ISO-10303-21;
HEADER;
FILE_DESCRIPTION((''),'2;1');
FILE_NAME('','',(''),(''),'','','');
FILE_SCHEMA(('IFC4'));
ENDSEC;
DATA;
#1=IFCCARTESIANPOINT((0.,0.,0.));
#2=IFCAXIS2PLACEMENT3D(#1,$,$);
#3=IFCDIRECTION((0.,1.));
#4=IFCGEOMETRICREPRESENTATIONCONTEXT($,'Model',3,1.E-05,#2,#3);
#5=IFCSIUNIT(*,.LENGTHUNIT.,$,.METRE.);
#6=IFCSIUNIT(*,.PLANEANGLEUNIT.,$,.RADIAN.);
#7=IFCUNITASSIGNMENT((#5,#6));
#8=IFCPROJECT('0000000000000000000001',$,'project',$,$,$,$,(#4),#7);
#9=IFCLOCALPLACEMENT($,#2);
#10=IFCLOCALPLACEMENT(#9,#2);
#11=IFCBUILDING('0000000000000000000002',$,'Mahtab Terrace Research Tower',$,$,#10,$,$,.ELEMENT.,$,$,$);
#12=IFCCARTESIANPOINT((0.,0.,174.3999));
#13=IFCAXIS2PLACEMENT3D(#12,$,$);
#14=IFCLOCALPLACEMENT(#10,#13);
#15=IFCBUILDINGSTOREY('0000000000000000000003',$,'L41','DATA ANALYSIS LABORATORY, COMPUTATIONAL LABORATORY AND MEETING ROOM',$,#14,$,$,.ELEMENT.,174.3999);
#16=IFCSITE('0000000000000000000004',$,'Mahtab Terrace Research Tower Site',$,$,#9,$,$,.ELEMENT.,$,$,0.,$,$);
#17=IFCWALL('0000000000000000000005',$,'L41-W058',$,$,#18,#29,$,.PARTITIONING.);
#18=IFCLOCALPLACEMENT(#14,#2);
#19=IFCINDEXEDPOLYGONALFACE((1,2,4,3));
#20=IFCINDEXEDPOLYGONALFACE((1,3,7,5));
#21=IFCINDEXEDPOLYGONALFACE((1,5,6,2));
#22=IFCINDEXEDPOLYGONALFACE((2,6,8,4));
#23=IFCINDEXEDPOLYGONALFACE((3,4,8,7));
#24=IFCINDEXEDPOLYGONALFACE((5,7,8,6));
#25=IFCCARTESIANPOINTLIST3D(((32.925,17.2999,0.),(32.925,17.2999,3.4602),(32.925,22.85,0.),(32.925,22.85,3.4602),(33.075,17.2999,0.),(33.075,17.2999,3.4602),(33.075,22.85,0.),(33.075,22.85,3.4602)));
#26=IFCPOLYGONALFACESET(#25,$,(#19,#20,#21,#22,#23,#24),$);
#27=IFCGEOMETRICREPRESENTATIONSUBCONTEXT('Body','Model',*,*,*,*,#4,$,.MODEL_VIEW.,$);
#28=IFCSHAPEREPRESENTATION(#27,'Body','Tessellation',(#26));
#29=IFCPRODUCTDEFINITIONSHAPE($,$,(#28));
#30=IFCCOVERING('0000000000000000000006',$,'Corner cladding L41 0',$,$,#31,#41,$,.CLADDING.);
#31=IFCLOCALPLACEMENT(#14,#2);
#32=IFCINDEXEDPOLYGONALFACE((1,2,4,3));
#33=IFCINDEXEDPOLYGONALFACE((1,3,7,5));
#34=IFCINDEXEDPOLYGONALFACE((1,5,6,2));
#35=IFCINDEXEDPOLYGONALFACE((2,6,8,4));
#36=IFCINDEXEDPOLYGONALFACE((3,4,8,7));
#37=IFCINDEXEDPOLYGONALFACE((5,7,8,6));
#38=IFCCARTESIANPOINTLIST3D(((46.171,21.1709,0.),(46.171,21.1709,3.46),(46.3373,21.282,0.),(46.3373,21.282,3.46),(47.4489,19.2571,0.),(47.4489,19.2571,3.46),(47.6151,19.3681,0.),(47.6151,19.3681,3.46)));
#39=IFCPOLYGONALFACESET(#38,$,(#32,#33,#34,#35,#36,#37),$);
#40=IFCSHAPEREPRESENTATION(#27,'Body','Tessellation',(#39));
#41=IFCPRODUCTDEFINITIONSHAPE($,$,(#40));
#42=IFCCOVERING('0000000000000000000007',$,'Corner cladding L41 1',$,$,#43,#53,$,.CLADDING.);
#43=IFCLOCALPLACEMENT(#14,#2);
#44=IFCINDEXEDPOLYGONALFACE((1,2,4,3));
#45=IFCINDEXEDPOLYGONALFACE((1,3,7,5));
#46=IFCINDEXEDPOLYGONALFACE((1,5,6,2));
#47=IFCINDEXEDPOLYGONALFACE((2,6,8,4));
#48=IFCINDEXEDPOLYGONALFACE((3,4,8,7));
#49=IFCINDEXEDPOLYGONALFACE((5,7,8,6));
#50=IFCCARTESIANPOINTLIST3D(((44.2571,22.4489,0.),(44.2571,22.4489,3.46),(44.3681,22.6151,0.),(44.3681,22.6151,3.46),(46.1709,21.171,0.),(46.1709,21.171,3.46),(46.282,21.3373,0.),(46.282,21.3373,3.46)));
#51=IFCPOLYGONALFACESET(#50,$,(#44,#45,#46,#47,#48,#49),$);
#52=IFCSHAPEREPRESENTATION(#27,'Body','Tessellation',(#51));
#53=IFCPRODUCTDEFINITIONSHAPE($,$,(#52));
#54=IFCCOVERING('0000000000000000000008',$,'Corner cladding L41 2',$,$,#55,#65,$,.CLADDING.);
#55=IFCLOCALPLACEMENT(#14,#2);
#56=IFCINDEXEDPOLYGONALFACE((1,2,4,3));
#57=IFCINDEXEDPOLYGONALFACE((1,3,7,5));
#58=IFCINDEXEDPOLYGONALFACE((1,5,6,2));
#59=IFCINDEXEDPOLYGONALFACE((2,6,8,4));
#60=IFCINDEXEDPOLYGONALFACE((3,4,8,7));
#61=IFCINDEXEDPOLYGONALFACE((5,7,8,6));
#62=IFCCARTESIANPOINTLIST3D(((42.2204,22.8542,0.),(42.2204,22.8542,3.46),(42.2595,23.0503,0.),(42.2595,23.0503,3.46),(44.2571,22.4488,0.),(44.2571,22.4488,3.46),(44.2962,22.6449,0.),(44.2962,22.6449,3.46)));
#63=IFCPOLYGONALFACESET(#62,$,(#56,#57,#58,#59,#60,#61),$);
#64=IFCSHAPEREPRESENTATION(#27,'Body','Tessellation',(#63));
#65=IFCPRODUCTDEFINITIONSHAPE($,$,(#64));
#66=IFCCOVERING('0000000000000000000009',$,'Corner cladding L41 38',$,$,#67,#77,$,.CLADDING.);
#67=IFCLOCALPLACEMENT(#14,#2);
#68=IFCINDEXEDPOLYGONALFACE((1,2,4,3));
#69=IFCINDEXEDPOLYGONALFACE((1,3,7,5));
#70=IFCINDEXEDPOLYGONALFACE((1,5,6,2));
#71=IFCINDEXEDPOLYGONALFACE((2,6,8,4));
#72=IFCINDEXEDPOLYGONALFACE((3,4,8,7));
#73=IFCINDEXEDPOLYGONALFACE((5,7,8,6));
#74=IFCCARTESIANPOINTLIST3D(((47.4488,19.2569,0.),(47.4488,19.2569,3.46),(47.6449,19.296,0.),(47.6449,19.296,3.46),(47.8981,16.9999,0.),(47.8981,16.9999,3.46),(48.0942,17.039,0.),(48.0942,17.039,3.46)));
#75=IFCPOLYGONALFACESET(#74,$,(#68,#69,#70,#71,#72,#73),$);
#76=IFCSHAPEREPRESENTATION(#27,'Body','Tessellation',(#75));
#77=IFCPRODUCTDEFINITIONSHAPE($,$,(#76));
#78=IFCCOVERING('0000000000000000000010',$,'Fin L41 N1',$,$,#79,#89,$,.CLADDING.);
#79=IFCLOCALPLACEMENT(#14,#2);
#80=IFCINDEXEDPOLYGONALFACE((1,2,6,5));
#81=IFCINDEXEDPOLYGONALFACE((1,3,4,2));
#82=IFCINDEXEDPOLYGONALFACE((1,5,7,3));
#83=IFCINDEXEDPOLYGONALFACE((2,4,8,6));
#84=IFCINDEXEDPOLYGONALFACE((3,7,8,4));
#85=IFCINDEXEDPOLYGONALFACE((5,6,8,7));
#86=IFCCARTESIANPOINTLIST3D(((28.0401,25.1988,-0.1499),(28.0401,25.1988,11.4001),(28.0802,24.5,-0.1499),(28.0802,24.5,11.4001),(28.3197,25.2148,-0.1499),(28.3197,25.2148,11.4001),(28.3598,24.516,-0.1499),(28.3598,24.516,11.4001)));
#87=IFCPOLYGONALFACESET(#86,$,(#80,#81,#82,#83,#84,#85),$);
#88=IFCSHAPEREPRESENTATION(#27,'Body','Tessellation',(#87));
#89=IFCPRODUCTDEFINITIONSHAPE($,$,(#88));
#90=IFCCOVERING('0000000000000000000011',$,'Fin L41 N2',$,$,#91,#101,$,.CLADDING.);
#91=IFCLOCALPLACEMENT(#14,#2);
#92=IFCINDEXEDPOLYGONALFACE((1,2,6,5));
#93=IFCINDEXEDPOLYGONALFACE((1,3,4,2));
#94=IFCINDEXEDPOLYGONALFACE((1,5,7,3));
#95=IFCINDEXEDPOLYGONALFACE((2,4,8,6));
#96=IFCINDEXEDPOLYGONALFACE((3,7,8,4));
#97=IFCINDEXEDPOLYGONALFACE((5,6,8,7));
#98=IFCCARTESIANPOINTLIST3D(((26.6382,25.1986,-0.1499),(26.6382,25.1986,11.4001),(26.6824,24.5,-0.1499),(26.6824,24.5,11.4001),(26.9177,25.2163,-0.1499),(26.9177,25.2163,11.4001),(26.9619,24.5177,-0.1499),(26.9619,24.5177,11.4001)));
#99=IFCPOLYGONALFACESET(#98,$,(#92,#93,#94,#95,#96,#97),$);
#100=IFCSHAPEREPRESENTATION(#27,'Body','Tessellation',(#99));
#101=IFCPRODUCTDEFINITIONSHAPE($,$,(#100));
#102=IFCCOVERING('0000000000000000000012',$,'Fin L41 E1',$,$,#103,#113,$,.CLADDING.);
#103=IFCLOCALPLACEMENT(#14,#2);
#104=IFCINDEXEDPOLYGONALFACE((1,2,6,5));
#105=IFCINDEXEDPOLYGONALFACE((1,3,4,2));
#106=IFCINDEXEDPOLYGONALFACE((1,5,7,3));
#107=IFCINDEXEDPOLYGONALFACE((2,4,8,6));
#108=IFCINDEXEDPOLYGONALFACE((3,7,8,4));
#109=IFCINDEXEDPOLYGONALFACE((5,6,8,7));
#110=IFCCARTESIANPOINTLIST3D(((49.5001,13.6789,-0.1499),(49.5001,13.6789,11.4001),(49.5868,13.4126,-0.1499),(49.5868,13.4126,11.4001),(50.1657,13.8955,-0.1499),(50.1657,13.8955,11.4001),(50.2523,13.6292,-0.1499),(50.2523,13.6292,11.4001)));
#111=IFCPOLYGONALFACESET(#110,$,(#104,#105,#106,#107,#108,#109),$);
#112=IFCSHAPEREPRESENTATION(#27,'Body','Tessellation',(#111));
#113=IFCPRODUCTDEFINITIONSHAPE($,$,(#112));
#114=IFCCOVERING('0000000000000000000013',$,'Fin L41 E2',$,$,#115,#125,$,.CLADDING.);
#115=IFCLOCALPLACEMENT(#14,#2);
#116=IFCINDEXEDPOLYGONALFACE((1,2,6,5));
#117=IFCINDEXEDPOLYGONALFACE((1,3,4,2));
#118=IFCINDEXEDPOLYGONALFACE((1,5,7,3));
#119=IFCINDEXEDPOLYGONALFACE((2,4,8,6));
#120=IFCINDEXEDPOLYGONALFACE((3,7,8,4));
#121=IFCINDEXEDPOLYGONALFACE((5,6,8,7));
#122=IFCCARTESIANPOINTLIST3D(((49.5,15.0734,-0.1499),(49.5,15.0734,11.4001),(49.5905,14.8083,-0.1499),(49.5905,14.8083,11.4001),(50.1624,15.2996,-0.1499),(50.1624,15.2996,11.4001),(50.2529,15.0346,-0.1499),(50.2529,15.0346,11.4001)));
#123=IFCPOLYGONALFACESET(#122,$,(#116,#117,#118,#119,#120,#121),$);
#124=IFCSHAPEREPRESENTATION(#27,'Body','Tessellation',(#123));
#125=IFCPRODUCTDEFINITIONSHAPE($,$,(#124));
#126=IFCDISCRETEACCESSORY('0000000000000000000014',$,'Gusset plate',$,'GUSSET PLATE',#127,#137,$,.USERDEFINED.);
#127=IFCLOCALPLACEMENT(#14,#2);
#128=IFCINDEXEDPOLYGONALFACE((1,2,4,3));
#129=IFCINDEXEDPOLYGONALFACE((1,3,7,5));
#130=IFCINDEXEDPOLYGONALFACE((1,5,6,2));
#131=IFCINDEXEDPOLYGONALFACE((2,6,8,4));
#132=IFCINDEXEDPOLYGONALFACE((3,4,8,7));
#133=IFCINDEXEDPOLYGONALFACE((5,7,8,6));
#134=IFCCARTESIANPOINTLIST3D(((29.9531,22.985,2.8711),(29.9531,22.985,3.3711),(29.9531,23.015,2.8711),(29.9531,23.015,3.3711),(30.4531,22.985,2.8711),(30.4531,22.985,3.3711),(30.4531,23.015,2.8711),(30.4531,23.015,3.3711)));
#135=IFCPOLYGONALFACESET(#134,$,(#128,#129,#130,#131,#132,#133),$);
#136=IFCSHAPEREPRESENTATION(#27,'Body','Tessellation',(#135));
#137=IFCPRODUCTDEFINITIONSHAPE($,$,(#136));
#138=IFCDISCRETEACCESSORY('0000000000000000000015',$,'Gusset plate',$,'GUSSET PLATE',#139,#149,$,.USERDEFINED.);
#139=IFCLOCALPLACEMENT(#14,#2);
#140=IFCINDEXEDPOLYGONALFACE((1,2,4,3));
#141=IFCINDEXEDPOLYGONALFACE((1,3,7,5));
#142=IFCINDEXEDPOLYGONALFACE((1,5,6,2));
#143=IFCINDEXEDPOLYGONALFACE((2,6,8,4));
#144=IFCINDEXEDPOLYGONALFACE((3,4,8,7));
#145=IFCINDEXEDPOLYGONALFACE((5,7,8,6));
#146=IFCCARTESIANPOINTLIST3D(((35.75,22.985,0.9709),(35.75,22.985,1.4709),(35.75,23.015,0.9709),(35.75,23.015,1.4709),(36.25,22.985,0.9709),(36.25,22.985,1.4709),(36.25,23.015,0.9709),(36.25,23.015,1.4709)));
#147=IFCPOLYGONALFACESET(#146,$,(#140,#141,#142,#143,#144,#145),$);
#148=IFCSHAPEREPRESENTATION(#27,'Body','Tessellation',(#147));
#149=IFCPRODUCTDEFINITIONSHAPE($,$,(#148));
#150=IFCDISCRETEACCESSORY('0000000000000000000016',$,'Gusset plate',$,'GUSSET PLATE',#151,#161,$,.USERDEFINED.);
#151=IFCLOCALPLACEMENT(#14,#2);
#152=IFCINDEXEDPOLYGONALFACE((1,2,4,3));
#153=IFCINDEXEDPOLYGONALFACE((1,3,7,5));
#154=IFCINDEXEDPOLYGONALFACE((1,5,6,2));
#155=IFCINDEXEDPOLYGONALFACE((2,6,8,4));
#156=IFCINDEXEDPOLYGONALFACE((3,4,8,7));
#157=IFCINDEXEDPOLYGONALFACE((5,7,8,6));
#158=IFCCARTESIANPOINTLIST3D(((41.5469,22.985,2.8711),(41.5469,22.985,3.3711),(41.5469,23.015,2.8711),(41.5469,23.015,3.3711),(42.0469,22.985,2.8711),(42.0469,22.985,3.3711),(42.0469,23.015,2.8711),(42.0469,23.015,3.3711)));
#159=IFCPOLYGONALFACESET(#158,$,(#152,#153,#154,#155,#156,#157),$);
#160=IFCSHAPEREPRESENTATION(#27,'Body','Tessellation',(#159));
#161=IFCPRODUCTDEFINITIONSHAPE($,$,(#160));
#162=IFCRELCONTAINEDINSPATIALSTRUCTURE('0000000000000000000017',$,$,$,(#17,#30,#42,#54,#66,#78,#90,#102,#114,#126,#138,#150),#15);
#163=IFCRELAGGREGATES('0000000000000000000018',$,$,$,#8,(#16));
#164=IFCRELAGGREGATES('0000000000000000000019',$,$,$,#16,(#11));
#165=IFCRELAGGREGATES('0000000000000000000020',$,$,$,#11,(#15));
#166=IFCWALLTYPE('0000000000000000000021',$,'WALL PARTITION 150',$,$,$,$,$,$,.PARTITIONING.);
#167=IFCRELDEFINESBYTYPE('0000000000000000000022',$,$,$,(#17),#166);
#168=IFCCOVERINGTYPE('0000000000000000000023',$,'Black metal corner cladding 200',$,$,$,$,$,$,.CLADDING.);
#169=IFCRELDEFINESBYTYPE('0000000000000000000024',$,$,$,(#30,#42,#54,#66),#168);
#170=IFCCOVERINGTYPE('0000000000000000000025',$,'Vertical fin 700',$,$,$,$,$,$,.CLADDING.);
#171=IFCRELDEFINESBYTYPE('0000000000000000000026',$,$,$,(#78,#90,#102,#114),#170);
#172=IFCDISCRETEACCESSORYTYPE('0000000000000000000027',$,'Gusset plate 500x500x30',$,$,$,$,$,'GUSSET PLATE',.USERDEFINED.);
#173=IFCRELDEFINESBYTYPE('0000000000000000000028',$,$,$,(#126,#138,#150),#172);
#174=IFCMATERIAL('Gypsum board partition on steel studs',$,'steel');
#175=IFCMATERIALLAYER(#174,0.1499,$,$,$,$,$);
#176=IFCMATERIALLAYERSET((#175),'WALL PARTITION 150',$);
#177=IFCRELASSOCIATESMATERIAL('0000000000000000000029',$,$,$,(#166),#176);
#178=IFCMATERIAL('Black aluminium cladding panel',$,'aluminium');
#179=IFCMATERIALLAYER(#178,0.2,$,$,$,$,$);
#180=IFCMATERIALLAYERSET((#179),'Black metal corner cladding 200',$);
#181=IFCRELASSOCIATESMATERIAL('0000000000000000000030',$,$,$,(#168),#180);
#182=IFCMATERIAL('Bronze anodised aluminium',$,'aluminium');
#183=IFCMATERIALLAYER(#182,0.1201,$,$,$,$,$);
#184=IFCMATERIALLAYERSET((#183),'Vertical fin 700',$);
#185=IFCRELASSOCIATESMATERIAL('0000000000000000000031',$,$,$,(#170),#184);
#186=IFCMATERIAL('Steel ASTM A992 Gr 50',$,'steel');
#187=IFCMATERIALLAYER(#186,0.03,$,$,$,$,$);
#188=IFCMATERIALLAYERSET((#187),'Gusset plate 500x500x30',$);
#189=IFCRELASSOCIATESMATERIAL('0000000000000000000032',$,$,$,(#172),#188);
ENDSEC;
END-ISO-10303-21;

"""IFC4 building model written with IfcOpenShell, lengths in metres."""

from ifc_helpers import new_model, si_unit, direction, frame, frame_2d, origin, origin_2d, place, context, subcontext, project, spatial, rectangle, extrude, material, layer, layer_set, type_object, element, save


model = new_model("IFC4")

# Units and contexts
model_context = context("Model", 3, precision=1e-05, world=origin(), true_north=direction((0.0, 1.0)))
body_context = subcontext(model_context, "Body", "Model", "MODEL_VIEW")
ifc_project = project(units=[si_unit("LENGTHUNIT", "METRE"), si_unit("PLANEANGLEUNIT", "RADIAN")], contexts=[model_context])

# Site, building, storey
site_placement = place(None, origin())
site = spatial("IfcSite", under=ifc_project, at=site_placement, Name="Mahtab Terrace Research Tower Site", CompositionType="ELEMENT", RefElevation=0.0)
building_placement = place(site_placement, origin())
building = spatial("IfcBuilding", under=site, at=building_placement, Name="Mahtab Terrace Research Tower", CompositionType="ELEMENT")
storey_placement = place(building_placement, frame((0.0, 0.0, 174.3999)))
storey = spatial("IfcBuildingStorey", under=building, at=storey_placement, Name="L41", Description="DATA ANALYSIS LABORATORY, COMPUTATIONAL LABORATORY AND MEETING ROOM", CompositionType="ELEMENT", Elevation=174.3999)

# Shared definitions
ifc_material_1 = material(Name="Steel ASTM A992 Gr 50", Category="steel")

# Shared definitions
ifc_material_2 = material(Name="Black aluminium cladding panel", Category="aluminium")

# Wall
ifc_material_3 = material(Name="Gypsum board partition on steel studs", Category="steel")
ifc_layer_1 = layer(ifc_material_3, 0.1499)
ifc_layer_set_1 = layer_set([ifc_layer_1], Name="WALL PARTITION 150")
wall_type_1 = type_object("IfcWallType", Name="WALL PARTITION 150", PredefinedType="PARTITIONING", material=ifc_layer_set_1)
wall_1_placement = place(storey_placement, frame((33.0, 17.3, 0.0), z_axis=(0.0, 0.0, 1.0), x_axis=(0.0, 1.0, 0.0)))
element("IfcWall", 1, at=wall_1_placement, inside=storey, type_object=wall_type_1, Name="L41-W058", PredefinedType="PARTITIONING", context=body_context, shape_type="SweptSolid", body=[
    extrude(rectangle(XDim=5.55, YDim=0.1499, at=frame_2d((2.7749, 0.0))), origin(), (0.0, 0.0, 1.0), 3.4602),
])

# Coverings
ifc_layer_2 = layer(ifc_material_2, 0.2)
ifc_layer_set_2 = layer_set([ifc_layer_2], Name="Black metal corner cladding 200")
covering_type_1 = type_object("IfcCoveringType", Name="Black metal corner cladding 200", PredefinedType="CLADDING", material=ifc_layer_set_2)
for number, where, z_axis, x_axis, name in (
    (2, (46.8931, 20.2695, 0.0), (0.0, 0.0, 1.0), (-0.555291, 0.831656, 0.0), "Corner cladding L41 0"),
    (3, (45.2695, 21.8931, 0.0), (0.0, 0.0, 1.0), (-0.831656, 0.555291, 0.0), "Corner cladding L41 1"),
):
    element("IfcCovering", number, at=place(storey_placement, frame(where, z_axis=z_axis, x_axis=x_axis)), inside=storey, type_object=covering_type_1, Name=name, PredefinedType="CLADDING", context=body_context, shape_type="SweptSolid", body=[
        extrude(rectangle(XDim=2.3013, YDim=0.2, at=origin_2d()), origin(), (0.0, 0.0, 1.0), 3.46),
    ])
covering_1_placement = place(storey_placement, frame((43.2583, 22.7495, 0.0), z_axis=(0.0, 0.0, 1.0), x_axis=(-0.980761, 0.195212, 0.0)))
element("IfcCovering", 4, at=covering_1_placement, inside=storey, type_object=covering_type_1, Name="Corner cladding L41 2", PredefinedType="CLADDING", context=body_context, shape_type="SweptSolid", body=[
    extrude(rectangle(XDim=2.0767, YDim=0.2, at=origin_2d()), origin(), (0.0, 0.0, 1.0), 3.46),
])
covering_2_placement = place(storey_placement, frame((47.7715, 18.1479, 0.0), z_axis=(0.0, 0.0, 1.0), x_axis=(-0.195212, 0.980761, 0.0)))
element("IfcCovering", 5, at=covering_2_placement, inside=storey, type_object=covering_type_1, Name="Corner cladding L41 38", PredefinedType="CLADDING", context=body_context, shape_type="SweptSolid", body=[
    extrude(rectangle(XDim=2.3013, YDim=0.2, at=origin_2d()), origin(), (0.0, 0.0, 1.0), 3.46),
])
ifc_material_4 = material(Name="Bronze anodised aluminium", Category="aluminium")
ifc_layer_3 = layer(ifc_material_4, 0.1201)
ifc_layer_set_3 = layer_set([ifc_layer_3], Name="Vertical fin 700")
covering_type_2 = type_object("IfcCoveringType", Name="Vertical fin 700", PredefinedType="CLADDING", material=ifc_layer_set_3)
for number, where, z_axis, x_axis, name in (
    (6, (28.2, 24.8574, -0.1499), (0.0, 0.0, 1.0), (-0.998356, -0.057315, 0.0), "Fin L41 N1"),
    (7, (26.8, 24.8582, -0.1499), (0.0, 0.0, 1.0), (-0.998006, -0.063122, 0.0), "Fin L41 N2"),
    (8, (49.8762, 13.6541, -0.1499), (0.0, 0.0, 1.0), (-0.309544, 0.950885, 0.0), "Fin L41 E1"),
    (9, (49.8765, 15.054, -0.1499), (0.0, 0.0, 1.0), (-0.323179, 0.946338, 0.0), "Fin L41 E2"),
):
    element("IfcCovering", number, at=place(storey_placement, frame(where, z_axis=z_axis, x_axis=x_axis)), inside=storey, type_object=covering_type_2, Name=name, PredefinedType="CLADDING", context=body_context, shape_type="SweptSolid", body=[
        extrude(rectangle(XDim=0.28, YDim=0.7, at=origin_2d()), origin(), (0.0, 0.0, 1.0), 11.55),
    ])

# Discrete accessories
ifc_layer_4 = layer(ifc_material_1, 0.03)
ifc_layer_set_4 = layer_set([ifc_layer_4], Name="Gusset plate 500x500x30")
discrete_accessory_type = type_object("IfcDiscreteAccessoryType", Name="Gusset plate 500x500x30", ElementType="GUSSET PLATE", PredefinedType="USERDEFINED", material=ifc_layer_set_4)
for number, where, z_axis, x_axis, name in (
    (10, (30.2031, 23.0, 2.8711), (0.0, 0.0, 1.0), (1.0, 0.0, 0.0), "Gusset plate"),
    (11, (36.0, 23.0, 0.9709), (0.0, 0.0, 1.0), (1.0, 0.0, 0.0), "Gusset plate"),
    (12, (41.7969, 23.0, 2.8711), (0.0, 0.0, 1.0), (1.0, 0.0, 0.0), "Gusset plate"),
):
    element("IfcDiscreteAccessory", number, at=place(storey_placement, frame(where, z_axis=z_axis, x_axis=x_axis)), inside=storey, type_object=discrete_accessory_type, Name=name, ObjectType="GUSSET PLATE", PredefinedType="USERDEFINED", context=body_context, shape_type="SweptSolid", body=[
        extrude(rectangle(XDim=0.5, YDim=0.03, at=origin_2d()), origin(), (0.0, 0.0, 1.0), 0.5),
    ])

save(model, "model.ifc")
